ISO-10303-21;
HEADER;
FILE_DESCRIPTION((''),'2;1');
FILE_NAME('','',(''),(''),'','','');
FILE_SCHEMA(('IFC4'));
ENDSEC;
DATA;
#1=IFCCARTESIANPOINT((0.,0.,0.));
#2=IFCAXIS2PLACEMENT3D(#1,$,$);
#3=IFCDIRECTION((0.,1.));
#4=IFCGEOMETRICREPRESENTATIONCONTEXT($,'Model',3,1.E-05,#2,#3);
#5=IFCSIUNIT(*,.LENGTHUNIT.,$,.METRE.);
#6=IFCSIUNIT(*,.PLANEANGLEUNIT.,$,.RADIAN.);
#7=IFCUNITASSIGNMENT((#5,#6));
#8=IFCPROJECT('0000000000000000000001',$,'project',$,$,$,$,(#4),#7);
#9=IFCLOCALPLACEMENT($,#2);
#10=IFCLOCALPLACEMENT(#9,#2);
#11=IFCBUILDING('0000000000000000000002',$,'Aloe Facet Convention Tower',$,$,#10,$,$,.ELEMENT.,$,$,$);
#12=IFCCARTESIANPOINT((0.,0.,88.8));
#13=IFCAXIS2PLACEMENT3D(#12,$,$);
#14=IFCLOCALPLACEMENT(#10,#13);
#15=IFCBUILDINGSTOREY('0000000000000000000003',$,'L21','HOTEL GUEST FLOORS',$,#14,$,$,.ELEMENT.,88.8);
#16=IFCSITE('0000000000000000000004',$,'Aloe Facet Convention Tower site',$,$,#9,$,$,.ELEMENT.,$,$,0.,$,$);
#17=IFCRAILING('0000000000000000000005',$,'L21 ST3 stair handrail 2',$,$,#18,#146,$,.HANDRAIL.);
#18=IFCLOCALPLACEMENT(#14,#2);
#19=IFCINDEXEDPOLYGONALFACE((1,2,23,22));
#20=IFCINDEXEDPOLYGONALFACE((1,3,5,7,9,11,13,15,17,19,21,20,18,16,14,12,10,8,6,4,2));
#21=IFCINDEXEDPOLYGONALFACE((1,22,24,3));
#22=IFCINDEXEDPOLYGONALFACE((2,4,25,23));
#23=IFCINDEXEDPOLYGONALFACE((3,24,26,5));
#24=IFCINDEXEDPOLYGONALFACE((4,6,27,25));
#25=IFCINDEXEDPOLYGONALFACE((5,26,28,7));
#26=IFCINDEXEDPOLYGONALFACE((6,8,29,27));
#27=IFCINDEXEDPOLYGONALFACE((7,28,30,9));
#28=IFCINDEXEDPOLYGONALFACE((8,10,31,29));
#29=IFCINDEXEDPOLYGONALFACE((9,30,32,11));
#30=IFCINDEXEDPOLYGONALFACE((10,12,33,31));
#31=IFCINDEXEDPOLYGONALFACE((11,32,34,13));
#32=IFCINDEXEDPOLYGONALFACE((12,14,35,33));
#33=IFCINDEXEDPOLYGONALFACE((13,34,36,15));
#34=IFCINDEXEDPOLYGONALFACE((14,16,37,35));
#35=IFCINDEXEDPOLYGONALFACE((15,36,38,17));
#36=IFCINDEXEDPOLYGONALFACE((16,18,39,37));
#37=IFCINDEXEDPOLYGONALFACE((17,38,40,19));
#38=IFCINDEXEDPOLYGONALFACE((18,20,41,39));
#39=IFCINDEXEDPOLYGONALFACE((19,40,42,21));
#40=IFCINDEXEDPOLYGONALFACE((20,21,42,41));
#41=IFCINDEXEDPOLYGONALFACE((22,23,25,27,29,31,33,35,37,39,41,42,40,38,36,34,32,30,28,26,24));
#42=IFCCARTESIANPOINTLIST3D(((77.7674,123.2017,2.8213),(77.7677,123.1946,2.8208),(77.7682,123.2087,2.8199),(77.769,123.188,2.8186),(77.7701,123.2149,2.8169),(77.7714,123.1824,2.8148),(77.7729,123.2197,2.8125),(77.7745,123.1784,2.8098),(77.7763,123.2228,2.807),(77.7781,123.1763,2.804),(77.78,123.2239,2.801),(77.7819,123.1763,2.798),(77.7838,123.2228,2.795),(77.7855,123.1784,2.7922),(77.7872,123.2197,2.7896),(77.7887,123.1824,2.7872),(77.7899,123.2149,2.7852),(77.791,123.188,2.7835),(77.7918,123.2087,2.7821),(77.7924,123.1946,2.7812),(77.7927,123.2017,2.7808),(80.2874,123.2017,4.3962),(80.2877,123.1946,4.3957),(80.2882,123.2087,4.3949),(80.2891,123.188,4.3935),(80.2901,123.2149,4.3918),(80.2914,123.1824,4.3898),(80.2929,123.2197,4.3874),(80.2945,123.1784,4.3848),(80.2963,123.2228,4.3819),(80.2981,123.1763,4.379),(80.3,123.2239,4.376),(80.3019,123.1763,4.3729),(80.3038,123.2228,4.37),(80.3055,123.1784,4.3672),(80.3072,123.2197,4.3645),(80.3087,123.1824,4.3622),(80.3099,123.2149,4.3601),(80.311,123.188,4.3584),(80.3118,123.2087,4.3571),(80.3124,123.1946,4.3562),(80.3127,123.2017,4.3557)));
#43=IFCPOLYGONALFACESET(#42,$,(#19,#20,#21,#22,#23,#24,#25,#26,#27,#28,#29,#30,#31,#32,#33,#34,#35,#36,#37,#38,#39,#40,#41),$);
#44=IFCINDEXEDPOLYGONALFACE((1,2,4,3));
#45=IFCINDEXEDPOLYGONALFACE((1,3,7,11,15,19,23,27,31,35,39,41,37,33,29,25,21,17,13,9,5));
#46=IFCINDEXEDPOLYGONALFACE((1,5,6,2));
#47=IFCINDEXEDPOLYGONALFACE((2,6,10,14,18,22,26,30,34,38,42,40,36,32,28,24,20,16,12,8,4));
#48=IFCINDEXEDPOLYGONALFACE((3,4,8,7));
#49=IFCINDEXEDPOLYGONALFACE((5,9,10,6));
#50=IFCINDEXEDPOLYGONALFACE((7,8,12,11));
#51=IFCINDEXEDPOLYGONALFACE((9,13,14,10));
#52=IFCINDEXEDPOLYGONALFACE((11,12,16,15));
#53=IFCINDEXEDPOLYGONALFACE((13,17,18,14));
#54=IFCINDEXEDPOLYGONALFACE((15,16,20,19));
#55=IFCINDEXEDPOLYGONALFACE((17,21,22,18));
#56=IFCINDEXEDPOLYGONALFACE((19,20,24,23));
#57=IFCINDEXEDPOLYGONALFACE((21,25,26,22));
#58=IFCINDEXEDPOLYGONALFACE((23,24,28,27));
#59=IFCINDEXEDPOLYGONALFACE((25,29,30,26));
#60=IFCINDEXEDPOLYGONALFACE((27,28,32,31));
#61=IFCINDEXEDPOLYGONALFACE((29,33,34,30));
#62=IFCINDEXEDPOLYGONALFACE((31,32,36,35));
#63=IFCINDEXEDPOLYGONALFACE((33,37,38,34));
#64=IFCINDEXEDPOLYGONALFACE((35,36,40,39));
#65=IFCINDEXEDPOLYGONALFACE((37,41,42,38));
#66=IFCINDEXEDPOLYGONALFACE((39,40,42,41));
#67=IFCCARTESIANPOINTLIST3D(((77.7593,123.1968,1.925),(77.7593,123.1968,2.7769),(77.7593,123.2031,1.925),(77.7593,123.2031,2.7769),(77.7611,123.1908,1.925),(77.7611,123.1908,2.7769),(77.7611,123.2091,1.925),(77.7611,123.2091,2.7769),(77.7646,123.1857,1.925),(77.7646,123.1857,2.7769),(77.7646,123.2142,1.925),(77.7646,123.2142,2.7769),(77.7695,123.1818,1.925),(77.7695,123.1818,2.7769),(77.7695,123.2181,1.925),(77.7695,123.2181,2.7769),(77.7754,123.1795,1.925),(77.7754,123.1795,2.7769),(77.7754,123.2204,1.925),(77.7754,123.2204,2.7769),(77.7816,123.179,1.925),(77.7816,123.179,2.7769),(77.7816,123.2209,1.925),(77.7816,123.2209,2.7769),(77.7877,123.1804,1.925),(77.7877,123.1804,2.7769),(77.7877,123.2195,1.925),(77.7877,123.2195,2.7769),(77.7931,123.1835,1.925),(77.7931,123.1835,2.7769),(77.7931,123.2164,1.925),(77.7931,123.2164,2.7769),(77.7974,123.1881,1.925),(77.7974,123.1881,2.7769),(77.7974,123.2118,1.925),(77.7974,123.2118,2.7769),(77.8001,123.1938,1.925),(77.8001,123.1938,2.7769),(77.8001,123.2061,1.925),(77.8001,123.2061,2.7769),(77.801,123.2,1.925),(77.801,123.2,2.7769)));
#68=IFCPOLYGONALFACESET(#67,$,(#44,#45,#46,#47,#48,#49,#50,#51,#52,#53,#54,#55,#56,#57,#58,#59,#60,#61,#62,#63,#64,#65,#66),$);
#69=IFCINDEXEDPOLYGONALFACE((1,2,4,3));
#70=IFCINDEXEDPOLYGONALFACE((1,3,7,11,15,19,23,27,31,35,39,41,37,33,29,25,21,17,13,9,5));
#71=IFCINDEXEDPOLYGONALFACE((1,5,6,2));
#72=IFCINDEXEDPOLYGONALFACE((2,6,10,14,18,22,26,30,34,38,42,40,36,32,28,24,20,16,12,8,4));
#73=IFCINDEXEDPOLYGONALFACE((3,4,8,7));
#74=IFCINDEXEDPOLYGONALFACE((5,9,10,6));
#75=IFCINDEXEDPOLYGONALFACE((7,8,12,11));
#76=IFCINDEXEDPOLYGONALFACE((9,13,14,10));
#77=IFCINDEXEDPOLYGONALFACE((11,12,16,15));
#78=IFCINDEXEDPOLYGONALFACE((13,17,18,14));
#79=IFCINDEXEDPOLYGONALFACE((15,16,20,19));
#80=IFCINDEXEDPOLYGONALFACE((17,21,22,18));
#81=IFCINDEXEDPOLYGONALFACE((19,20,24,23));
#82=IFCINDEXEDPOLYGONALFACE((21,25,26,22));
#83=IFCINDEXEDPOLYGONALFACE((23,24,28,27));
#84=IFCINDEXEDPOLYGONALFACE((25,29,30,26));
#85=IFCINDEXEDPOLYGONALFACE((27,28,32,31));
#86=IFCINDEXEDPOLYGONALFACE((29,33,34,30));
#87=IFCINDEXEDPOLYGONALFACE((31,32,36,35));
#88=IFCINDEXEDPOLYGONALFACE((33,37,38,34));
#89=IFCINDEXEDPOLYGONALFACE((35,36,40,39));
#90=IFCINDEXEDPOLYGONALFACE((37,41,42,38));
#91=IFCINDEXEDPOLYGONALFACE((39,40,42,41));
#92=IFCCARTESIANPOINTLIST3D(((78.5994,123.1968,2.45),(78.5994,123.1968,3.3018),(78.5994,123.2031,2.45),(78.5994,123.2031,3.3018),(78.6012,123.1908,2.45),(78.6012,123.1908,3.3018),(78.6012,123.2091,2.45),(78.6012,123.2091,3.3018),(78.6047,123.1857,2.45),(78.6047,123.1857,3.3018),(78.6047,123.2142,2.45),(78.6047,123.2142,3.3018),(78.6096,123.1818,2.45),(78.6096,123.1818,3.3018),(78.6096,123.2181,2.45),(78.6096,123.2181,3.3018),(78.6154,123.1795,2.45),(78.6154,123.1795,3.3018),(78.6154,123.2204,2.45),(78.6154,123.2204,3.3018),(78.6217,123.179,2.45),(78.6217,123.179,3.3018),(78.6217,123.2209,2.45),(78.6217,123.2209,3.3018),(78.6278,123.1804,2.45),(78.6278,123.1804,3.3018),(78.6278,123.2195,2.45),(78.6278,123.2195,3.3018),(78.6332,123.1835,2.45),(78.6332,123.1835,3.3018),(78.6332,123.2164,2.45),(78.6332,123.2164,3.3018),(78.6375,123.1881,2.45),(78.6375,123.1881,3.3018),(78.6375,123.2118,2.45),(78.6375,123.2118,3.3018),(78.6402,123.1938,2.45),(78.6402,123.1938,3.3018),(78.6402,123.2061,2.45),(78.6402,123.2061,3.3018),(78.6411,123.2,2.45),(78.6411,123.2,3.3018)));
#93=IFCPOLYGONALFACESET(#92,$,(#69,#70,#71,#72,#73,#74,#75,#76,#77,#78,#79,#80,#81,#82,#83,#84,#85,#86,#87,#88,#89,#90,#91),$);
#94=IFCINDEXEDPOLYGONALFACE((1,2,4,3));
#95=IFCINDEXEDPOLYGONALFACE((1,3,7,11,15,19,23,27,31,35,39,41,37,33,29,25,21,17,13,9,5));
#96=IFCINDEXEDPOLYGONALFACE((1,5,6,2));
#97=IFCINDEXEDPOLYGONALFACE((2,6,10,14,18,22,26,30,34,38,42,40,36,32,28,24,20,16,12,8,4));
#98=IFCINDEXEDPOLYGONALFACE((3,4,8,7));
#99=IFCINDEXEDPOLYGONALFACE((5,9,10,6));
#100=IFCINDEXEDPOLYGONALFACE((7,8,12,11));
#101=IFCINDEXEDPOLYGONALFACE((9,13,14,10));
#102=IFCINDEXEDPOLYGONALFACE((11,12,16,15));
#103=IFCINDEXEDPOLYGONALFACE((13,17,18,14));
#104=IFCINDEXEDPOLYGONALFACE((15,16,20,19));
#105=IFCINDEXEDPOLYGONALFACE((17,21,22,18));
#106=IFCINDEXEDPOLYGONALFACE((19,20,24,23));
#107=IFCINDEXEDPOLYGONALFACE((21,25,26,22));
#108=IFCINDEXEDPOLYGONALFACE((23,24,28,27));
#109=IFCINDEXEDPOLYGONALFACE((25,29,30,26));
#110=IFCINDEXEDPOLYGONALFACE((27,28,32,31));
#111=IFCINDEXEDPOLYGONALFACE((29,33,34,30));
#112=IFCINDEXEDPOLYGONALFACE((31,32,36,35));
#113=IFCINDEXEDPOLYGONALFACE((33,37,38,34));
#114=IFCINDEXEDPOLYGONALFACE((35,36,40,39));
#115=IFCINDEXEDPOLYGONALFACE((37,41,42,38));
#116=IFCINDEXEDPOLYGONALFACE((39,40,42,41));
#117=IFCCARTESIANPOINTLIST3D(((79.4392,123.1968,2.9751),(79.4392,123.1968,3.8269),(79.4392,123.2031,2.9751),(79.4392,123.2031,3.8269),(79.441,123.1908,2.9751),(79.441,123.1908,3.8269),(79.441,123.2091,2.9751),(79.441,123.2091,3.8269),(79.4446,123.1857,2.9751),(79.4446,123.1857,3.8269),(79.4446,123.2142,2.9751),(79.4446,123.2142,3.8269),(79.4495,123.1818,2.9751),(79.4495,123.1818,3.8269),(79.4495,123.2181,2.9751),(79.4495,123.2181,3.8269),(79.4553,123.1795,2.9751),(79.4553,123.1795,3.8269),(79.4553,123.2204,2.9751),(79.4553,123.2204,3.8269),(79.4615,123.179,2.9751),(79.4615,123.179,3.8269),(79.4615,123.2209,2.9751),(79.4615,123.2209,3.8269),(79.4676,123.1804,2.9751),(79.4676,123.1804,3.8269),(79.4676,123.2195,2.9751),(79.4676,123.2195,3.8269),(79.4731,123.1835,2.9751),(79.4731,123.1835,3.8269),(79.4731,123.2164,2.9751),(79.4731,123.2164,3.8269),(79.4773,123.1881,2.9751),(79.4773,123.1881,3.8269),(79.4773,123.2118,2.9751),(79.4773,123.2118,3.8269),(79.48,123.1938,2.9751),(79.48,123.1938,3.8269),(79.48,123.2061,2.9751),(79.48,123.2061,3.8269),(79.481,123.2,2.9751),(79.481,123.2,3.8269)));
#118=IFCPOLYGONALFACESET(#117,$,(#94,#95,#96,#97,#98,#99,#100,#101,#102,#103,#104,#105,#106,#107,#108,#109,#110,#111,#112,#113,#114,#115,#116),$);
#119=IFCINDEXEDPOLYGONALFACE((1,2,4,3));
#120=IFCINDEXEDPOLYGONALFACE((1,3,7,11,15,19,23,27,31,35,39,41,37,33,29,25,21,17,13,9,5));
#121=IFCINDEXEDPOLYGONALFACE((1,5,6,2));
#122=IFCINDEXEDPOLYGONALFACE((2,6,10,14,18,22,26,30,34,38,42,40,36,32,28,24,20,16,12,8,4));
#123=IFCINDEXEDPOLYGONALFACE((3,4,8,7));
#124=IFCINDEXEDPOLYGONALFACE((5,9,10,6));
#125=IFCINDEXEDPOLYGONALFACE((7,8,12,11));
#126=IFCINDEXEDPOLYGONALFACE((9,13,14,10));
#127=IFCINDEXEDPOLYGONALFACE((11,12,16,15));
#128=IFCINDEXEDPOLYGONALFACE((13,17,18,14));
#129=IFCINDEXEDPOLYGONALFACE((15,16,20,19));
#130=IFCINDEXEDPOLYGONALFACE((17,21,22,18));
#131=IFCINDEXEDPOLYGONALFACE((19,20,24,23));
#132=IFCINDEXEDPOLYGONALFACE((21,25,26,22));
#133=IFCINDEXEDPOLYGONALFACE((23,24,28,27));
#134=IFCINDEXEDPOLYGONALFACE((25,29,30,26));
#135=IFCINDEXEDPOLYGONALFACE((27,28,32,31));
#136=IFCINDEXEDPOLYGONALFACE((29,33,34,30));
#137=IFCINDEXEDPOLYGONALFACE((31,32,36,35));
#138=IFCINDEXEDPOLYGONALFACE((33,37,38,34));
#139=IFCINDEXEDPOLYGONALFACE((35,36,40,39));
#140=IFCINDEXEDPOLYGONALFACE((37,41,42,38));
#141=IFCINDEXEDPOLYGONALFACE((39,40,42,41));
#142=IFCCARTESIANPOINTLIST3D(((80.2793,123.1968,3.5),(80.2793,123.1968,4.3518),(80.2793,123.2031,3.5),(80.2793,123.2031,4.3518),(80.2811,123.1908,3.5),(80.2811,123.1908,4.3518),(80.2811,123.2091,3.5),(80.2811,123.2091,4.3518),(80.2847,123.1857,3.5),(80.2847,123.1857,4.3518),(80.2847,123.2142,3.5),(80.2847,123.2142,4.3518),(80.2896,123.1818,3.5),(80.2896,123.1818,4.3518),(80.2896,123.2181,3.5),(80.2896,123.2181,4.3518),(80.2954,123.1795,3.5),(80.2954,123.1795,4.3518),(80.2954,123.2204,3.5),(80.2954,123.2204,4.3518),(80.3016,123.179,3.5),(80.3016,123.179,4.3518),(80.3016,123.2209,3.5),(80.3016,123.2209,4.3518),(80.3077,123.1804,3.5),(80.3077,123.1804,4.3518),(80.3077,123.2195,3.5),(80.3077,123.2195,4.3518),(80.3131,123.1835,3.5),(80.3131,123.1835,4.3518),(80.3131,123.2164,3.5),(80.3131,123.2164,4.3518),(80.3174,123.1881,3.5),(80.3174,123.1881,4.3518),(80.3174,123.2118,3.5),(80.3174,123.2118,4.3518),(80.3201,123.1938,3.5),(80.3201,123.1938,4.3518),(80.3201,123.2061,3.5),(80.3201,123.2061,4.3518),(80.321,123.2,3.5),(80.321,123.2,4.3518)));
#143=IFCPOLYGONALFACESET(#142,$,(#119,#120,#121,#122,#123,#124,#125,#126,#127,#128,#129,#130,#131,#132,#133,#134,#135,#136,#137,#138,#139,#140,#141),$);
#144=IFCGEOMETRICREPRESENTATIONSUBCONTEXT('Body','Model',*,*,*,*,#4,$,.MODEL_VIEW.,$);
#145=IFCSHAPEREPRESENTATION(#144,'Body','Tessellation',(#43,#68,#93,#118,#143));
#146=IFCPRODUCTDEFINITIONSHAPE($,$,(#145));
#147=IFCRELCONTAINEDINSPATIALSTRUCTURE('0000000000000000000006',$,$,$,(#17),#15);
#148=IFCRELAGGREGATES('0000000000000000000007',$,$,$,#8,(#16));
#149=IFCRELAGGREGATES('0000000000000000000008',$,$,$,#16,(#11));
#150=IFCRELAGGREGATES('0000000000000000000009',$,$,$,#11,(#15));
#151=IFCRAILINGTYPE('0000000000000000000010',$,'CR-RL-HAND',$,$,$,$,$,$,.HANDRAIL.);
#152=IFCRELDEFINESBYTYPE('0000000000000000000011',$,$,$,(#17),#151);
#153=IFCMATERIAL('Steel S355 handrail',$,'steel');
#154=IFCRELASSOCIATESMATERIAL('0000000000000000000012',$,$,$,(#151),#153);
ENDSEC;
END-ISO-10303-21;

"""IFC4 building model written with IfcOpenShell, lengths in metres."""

from ifc_helpers import new_model, si_unit, direction, frame, origin, origin_2d, place, context, subcontext, project, spatial, circle, extrude, material, type_object, element, save


model = new_model("IFC4")

# Units and contexts
model_context = context("Model", 3, precision=1e-05, world=origin(), true_north=direction((0.0, 1.0)))
body_context = subcontext(model_context, "Body", "Model", "MODEL_VIEW")
ifc_project = project(units=[si_unit("LENGTHUNIT", "METRE"), si_unit("PLANEANGLEUNIT", "RADIAN")], contexts=[model_context])

# Site, building, storey
site_placement = place(None, origin())
site = spatial("IfcSite", under=ifc_project, at=site_placement, Name="Aloe Facet Convention Tower site", CompositionType="ELEMENT", RefElevation=0.0)
building_placement = place(site_placement, origin())
building = spatial("IfcBuilding", under=site, at=building_placement, Name="Aloe Facet Convention Tower", CompositionType="ELEMENT")
storey_placement = place(building_placement, frame((0.0, 0.0, 88.8)))
storey = spatial("IfcBuildingStorey", under=building, at=storey_placement, Name="L21", Description="HOTEL GUEST FLOORS", CompositionType="ELEMENT", Elevation=88.8)

# Railing
ifc_material_1 = material(Name="Steel S355 handrail", Category="steel")
railing_type_1 = type_object("IfcRailingType", Name="CR-RL-HAND", PredefinedType="HANDRAIL", material=ifc_material_1)
railing_1_placement = place(storey_placement, frame((77.78, 123.2, 1.925)))
element("IfcRailing", 1, at=railing_1_placement, inside=storey, type_object=railing_type_1, Name="L21 ST3 stair handrail 2", PredefinedType="HANDRAIL", context=body_context, shape_type="SweptSolid", body=[
    extrude(circle(Radius=0.0239, at=origin_2d()), frame((0.0, 0.0, 0.876), z_axis=(0.848008, 0.0, 0.529984), x_axis=(0.0, 1.0, 0.0)), (0.0, 0.0, 1.0), 2.9717),
    extrude(circle(Radius=0.021, at=origin_2d()), origin(), (0.0, 0.0, 1.0), 0.8518),
    extrude(circle(Radius=0.021, at=origin_2d()), frame((0.8401, 0.0, 0.5249)), (0.0, 0.0, 1.0), 0.8518),
    extrude(circle(Radius=0.021, at=origin_2d()), frame((1.6799, 0.0, 1.05)), (0.0, 0.0, 1.0), 0.8518),
    extrude(circle(Radius=0.021, at=origin_2d()), frame((2.52, 0.0, 1.575)), (0.0, 0.0, 1.0), 0.8518),
])

save(model, "model.ifc")
